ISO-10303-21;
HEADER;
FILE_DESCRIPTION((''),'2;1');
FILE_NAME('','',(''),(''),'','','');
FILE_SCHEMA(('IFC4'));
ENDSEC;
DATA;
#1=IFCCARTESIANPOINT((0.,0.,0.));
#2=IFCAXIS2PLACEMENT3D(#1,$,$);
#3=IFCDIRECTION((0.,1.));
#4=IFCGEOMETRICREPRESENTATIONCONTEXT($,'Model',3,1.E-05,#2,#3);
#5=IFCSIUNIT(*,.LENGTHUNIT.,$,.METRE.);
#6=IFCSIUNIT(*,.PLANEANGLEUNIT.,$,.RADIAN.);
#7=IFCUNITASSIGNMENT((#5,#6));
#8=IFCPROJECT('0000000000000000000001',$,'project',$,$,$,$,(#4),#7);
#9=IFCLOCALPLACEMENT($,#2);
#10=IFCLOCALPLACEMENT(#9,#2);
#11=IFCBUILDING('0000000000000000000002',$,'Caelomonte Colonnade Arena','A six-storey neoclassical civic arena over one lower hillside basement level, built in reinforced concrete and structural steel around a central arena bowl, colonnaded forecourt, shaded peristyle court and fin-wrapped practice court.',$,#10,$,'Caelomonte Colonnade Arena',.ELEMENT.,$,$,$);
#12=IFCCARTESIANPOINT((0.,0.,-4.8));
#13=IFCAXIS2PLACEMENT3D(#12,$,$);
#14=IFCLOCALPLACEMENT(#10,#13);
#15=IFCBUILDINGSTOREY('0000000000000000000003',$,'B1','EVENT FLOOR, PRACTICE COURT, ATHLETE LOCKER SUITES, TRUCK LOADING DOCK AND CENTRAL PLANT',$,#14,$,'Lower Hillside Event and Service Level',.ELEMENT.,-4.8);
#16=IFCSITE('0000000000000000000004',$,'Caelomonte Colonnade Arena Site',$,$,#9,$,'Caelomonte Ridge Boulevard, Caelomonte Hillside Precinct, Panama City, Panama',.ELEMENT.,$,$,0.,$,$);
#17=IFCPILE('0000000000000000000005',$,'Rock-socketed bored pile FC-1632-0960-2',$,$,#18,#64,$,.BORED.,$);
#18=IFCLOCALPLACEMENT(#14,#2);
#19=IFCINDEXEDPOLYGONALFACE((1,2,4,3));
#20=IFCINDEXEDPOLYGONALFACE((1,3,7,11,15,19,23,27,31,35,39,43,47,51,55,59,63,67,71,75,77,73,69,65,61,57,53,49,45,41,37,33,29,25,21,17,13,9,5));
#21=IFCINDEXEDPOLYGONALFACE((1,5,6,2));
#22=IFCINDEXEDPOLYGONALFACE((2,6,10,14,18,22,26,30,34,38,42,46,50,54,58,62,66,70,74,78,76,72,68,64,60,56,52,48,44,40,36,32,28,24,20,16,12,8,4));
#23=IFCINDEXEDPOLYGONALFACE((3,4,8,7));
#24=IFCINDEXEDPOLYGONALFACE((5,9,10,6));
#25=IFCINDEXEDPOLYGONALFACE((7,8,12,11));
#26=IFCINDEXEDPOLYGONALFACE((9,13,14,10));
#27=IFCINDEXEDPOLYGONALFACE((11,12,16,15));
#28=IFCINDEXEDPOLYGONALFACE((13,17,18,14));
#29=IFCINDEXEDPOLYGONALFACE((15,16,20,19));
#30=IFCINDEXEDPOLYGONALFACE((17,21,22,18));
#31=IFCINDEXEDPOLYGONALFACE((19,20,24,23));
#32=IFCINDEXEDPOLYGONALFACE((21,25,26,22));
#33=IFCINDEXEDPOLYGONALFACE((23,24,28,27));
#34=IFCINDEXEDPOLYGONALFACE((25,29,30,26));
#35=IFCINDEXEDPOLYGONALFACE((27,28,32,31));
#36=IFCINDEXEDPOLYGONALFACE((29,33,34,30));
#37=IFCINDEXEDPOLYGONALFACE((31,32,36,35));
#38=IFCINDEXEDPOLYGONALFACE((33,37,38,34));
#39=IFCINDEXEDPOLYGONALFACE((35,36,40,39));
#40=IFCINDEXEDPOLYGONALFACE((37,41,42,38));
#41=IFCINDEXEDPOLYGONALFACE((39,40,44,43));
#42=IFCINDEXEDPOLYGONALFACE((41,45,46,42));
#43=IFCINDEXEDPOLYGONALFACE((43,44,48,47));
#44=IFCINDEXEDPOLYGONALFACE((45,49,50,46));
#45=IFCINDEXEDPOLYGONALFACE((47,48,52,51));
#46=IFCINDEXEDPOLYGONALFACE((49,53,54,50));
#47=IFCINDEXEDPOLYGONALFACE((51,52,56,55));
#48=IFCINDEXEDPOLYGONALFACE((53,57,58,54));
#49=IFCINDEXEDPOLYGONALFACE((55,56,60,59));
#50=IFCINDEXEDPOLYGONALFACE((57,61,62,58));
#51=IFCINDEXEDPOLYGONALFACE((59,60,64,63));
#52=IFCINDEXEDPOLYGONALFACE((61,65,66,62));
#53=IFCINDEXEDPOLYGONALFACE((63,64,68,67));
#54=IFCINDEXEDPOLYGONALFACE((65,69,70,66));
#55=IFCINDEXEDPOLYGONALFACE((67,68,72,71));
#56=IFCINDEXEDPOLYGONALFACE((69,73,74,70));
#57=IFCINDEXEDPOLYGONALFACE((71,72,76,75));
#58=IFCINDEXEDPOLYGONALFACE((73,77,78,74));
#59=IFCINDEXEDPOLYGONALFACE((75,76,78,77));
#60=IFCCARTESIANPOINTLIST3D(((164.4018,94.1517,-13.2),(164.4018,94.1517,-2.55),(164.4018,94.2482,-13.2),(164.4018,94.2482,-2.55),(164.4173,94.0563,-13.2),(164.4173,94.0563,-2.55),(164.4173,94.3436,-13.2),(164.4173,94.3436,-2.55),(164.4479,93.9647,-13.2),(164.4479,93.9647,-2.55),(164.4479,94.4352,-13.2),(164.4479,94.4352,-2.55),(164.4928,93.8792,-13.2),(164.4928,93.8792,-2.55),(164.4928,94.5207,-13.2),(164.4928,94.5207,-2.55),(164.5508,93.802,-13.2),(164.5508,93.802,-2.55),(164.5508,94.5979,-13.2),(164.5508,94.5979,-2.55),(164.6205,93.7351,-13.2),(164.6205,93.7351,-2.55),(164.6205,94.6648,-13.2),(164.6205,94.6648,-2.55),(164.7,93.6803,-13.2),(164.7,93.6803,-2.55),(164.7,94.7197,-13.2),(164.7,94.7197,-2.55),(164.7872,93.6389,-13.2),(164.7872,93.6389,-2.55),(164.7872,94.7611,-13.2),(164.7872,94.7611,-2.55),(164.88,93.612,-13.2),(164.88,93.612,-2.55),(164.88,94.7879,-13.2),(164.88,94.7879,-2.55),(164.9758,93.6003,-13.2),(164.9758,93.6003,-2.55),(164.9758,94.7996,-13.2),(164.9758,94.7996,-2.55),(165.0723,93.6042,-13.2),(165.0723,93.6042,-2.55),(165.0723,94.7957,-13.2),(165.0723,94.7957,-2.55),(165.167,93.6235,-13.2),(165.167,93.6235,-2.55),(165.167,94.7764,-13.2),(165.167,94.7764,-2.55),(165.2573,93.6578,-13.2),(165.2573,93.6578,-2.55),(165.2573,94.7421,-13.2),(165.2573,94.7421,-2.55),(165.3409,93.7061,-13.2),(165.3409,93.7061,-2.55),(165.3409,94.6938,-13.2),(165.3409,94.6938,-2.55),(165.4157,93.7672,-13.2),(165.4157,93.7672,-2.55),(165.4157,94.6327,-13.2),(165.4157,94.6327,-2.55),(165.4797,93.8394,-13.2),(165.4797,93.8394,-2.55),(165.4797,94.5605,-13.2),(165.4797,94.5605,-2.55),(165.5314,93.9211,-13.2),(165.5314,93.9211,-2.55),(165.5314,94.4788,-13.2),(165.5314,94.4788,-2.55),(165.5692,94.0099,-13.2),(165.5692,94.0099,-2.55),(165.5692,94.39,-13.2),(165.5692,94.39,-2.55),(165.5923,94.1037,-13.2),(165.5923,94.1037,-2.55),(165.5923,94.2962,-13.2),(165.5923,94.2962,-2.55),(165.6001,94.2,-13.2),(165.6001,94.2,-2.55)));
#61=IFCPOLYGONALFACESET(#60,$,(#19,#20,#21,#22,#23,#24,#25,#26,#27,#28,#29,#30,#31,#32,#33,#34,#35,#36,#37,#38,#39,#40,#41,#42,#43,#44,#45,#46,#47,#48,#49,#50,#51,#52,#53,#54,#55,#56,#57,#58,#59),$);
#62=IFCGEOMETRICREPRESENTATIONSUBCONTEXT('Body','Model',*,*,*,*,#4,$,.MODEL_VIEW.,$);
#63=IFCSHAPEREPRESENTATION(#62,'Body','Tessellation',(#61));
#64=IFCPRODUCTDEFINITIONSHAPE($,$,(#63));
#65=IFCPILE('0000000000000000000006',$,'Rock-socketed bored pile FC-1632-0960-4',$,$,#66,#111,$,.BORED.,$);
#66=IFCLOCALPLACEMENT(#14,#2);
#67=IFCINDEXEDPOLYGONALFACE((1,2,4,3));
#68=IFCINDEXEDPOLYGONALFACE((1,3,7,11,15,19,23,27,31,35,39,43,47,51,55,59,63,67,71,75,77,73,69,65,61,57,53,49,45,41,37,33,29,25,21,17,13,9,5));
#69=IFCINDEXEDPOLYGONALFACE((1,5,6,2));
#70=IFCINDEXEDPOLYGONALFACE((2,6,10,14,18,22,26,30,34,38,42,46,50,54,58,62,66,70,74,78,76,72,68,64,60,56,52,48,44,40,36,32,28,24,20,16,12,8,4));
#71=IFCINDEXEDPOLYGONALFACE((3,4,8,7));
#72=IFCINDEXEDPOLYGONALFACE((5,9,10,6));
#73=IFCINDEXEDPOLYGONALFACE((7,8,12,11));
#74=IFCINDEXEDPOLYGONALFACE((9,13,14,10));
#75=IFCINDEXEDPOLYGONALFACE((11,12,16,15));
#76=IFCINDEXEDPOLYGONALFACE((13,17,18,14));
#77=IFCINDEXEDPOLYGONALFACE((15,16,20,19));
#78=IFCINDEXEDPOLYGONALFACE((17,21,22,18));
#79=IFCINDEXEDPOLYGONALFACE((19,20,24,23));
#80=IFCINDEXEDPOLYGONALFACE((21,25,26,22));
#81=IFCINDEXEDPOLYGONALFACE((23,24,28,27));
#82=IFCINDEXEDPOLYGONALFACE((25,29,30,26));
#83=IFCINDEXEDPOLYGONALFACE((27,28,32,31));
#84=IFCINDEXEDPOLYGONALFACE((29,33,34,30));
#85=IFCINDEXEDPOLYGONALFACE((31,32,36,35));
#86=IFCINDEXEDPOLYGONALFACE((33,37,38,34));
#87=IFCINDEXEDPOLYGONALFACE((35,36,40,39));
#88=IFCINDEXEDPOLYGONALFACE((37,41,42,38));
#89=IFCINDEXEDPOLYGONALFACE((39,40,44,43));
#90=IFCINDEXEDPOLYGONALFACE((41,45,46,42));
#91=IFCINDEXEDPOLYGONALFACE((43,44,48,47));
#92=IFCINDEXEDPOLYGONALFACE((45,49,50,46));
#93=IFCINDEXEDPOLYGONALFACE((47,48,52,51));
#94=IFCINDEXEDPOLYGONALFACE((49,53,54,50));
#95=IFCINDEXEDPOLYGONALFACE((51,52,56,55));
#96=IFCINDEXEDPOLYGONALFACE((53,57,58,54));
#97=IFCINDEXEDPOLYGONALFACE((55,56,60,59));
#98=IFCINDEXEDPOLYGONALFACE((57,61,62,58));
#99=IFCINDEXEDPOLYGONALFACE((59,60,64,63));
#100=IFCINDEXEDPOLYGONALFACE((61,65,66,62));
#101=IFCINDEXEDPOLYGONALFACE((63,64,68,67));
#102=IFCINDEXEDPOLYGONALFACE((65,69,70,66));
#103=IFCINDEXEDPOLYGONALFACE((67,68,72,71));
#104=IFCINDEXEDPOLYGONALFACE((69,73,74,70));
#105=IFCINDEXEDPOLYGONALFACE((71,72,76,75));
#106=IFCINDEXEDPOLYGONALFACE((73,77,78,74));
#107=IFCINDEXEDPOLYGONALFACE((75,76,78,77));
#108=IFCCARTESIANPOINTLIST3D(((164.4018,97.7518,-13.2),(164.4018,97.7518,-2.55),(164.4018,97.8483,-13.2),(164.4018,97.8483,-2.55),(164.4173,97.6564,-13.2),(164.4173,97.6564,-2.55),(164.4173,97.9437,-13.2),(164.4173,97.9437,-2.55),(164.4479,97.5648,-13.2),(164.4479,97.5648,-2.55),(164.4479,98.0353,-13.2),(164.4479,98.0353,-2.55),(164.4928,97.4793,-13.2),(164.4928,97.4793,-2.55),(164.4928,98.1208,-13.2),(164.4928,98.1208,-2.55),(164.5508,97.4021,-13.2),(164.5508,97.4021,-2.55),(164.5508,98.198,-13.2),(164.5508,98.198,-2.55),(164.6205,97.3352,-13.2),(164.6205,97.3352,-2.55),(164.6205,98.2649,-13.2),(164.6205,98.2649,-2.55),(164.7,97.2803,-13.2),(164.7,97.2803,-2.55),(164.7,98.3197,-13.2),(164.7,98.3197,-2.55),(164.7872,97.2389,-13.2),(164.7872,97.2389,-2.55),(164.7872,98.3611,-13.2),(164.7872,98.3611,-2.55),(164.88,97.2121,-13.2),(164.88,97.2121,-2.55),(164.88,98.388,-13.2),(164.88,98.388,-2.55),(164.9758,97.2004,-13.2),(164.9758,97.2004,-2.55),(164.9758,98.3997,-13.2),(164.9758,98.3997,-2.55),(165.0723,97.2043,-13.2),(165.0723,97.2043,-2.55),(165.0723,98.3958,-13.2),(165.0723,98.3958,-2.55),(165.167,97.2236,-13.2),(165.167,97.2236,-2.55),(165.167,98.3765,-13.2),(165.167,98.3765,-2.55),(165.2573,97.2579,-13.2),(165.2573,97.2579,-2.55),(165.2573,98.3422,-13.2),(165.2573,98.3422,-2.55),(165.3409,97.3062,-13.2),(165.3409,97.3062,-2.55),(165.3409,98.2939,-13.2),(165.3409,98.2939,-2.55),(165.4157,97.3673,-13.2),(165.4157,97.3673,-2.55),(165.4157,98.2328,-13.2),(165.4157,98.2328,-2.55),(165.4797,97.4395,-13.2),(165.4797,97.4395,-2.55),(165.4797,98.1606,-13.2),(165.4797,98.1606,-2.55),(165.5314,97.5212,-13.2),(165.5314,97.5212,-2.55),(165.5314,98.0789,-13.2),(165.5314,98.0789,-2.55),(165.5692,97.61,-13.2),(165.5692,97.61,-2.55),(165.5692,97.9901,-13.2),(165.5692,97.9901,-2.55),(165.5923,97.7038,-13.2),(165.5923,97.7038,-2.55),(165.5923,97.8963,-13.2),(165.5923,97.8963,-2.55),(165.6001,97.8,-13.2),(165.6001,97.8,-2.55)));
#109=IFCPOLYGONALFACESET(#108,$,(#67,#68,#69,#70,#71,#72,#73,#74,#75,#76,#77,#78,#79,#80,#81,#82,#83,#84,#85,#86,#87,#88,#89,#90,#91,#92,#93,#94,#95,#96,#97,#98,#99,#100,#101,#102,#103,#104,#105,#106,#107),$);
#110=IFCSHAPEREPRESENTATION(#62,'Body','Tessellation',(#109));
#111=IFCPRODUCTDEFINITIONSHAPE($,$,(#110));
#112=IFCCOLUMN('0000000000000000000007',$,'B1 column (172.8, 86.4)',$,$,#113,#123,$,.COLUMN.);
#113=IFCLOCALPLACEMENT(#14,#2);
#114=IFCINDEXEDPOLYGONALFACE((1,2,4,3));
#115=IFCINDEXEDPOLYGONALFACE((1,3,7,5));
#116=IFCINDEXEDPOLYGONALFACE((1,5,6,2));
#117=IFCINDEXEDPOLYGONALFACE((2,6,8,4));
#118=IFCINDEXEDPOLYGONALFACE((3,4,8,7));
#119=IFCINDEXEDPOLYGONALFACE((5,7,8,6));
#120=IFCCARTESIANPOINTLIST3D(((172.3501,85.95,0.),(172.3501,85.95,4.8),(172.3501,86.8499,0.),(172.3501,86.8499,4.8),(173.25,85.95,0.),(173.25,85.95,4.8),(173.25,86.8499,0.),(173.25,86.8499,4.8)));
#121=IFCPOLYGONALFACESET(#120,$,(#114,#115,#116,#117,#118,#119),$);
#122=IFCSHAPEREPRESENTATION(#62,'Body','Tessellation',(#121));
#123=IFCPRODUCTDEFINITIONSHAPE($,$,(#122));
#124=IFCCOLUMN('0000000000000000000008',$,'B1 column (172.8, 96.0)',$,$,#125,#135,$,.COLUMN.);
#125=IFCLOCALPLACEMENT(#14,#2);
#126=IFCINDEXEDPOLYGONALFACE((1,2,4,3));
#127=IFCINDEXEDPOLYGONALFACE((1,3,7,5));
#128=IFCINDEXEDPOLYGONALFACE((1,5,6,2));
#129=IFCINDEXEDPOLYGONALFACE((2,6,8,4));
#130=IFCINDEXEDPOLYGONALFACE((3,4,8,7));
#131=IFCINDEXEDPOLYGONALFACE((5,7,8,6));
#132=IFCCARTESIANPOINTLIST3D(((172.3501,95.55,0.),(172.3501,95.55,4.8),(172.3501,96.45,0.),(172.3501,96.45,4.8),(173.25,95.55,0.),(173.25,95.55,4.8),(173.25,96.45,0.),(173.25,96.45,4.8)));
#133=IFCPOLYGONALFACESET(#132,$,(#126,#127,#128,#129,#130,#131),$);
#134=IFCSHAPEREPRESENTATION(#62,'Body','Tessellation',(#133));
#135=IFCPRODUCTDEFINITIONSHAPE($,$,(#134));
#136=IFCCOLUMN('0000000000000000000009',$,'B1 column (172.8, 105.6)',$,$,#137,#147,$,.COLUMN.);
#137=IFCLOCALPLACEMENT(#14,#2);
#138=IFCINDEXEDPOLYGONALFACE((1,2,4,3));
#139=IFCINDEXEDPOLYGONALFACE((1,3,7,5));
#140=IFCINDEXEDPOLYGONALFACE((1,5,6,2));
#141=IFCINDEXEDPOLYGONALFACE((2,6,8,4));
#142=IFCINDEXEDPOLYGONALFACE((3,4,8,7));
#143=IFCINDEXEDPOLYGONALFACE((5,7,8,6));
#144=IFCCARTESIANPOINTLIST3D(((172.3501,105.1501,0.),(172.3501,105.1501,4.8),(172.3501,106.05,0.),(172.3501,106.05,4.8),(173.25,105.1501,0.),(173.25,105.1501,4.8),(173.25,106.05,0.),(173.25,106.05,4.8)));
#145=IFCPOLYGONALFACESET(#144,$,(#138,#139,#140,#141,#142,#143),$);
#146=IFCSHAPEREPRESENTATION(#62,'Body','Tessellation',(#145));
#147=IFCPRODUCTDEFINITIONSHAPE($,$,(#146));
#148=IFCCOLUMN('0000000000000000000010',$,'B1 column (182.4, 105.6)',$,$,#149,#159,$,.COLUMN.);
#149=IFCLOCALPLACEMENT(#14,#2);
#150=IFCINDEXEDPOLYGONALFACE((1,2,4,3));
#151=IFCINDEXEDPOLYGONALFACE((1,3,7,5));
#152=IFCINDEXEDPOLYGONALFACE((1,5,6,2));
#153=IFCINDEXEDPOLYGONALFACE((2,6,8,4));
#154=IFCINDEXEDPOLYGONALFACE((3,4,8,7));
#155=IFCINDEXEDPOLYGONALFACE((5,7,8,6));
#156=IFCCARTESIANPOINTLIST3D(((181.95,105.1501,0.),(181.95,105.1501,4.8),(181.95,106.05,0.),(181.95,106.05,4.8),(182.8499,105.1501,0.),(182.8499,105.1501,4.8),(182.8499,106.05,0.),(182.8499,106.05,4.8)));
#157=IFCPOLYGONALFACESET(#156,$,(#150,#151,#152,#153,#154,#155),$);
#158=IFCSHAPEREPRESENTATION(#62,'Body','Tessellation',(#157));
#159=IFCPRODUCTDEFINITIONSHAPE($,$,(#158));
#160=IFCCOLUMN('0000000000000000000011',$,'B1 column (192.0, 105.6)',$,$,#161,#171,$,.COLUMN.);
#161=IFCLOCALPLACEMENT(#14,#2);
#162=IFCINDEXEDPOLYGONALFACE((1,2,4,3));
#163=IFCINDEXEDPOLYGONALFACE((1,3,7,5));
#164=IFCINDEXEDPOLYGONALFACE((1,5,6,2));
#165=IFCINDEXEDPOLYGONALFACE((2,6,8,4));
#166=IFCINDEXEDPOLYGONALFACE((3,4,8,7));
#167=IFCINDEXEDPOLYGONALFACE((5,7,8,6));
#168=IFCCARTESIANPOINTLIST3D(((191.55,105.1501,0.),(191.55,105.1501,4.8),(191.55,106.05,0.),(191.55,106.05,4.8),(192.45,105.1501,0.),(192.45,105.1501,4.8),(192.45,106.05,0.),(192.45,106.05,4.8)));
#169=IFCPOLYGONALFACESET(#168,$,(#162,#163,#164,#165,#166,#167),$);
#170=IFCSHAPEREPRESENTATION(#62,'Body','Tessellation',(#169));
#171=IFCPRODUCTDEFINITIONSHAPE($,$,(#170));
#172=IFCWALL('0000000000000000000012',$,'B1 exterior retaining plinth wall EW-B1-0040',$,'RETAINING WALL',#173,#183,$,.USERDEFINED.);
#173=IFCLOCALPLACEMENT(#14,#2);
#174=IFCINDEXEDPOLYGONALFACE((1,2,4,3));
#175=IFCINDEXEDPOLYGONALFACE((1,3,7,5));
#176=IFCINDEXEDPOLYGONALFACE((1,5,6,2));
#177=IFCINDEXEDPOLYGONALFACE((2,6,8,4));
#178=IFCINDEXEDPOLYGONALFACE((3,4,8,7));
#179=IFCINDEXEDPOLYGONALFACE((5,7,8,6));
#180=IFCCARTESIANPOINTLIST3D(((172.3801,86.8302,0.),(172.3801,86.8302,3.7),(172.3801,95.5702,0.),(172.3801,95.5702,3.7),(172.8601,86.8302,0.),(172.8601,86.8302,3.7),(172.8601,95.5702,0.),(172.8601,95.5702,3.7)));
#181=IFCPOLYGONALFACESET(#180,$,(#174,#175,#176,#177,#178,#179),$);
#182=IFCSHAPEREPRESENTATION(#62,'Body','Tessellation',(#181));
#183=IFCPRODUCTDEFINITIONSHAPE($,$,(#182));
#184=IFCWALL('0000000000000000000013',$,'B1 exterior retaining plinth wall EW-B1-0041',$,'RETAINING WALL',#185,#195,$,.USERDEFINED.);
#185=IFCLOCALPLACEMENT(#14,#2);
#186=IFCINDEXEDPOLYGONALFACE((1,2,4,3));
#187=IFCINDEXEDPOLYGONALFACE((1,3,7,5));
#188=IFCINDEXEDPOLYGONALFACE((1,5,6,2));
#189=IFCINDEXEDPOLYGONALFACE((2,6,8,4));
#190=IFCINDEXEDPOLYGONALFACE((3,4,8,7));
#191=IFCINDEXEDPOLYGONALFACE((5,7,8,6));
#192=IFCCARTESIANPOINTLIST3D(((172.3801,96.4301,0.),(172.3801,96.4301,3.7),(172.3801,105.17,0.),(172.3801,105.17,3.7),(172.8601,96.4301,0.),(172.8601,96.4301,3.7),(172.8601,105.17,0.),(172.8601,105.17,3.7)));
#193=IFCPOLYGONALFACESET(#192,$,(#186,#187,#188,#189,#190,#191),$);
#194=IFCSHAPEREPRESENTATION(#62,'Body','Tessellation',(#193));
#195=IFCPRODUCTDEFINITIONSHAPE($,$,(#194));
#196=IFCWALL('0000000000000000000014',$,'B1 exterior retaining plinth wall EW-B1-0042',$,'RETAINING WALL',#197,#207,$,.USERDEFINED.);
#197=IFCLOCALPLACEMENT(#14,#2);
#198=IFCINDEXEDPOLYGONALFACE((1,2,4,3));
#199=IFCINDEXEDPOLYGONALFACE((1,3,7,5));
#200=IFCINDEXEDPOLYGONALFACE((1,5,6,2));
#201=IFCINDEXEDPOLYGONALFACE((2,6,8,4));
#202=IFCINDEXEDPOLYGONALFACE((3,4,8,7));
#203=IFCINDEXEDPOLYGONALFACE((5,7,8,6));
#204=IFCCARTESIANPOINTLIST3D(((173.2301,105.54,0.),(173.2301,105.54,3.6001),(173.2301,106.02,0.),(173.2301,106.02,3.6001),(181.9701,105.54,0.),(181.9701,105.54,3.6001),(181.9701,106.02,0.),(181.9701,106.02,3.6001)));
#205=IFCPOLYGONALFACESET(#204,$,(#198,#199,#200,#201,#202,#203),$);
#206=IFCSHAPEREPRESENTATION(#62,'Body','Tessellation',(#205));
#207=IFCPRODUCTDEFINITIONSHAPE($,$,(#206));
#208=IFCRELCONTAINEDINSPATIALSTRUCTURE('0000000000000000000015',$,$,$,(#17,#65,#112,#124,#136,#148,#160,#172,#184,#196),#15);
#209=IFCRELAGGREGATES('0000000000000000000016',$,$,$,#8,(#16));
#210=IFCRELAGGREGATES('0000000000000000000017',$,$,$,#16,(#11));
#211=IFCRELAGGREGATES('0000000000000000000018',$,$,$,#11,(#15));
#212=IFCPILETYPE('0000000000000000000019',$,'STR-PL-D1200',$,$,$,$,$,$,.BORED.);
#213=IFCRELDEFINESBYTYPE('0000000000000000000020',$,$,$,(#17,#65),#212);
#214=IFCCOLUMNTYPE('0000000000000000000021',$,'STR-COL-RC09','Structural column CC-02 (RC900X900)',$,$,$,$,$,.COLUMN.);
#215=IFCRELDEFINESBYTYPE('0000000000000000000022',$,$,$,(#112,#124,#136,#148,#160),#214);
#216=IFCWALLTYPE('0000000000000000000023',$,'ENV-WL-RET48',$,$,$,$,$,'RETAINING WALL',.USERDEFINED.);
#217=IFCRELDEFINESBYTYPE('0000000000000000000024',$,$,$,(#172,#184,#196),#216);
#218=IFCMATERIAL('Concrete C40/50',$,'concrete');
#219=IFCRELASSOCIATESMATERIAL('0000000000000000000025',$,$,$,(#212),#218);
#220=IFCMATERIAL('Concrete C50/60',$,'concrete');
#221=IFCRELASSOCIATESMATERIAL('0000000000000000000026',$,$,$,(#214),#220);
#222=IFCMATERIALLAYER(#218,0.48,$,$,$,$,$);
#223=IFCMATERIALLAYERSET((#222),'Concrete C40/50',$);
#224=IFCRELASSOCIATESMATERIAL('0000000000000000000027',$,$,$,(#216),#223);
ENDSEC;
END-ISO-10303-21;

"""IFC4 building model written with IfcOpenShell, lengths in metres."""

from ifc_helpers import new_model, si_unit, direction, frame, frame_2d, origin, origin_2d, place, context, subcontext, project, spatial, rectangle, circle, extrude, material, layer, layer_set, material_profile, profile_set, type_object, element, save


model = new_model("IFC4")

# Units and contexts
model_context = context("Model", 3, precision=1e-05, world=origin(), true_north=direction((0.0, 1.0)))
body_context = subcontext(model_context, "Body", "Model", "MODEL_VIEW")
ifc_project = project(units=[si_unit("LENGTHUNIT", "METRE"), si_unit("PLANEANGLEUNIT", "RADIAN")], contexts=[model_context])

# Site, building, storey
site_placement = place(None, origin())
site = spatial("IfcSite", under=ifc_project, at=site_placement, Name="Caelomonte Colonnade Arena Site", LongName="Caelomonte Ridge Boulevard, Caelomonte Hillside Precinct, Panama City, Panama", CompositionType="ELEMENT", RefElevation=0.0)
building_placement = place(site_placement, origin())
building = spatial("IfcBuilding", under=site, at=building_placement, Name="Caelomonte Colonnade Arena", Description="A six-storey neoclassical civic arena over one lower hillside basement level, built in reinforced concrete and structural steel around a central arena bowl, colonnaded forecourt, shaded peristyle court and fin-wrapped practice court.", LongName="Caelomonte Colonnade Arena", CompositionType="ELEMENT")
storey_placement = place(building_placement, frame((0.0, 0.0, -4.8)))
storey = spatial("IfcBuildingStorey", under=building, at=storey_placement, Name="B1", Description="EVENT FLOOR, PRACTICE COURT, ATHLETE LOCKER SUITES, TRUCK LOADING DOCK AND CENTRAL PLANT", LongName="Lower Hillside Event and Service Level", CompositionType="ELEMENT", Elevation=-4.8)

# Shared definitions
ifc_material_1 = material(Name="Concrete C40/50", Category="concrete")

# Piles
ifc_material_profile_1 = material_profile(ifc_material_1, circle(Radius=0.6001, at=origin_2d()), Name="PILE-D1200")
ifc_profile_set_1 = profile_set([ifc_material_profile_1], Name="Concrete C40/50")
pile_type_1 = type_object("IfcPileType", Name="STR-PL-D1200", PredefinedType="BORED", material=ifc_profile_set_1)
for number, where, z_axis, x_axis, name in (
    (1, (165.0, 94.2, -2.55), (0.0, 0.0, -1.0), (1.0, 0.0, 0.0), "Rock-socketed bored pile FC-1632-0960-2"),
    (2, (165.0, 97.8, -2.55), (0.0, 0.0, -1.0), (1.0, 0.0, 0.0), "Rock-socketed bored pile FC-1632-0960-4"),
):
    element("IfcPile", number, at=place(storey_placement, frame(where, z_axis=z_axis, x_axis=x_axis)), inside=storey, type_object=pile_type_1, Name=name, PredefinedType="BORED", context=body_context, shape_type="SweptSolid", body=[
        extrude(circle(Radius=0.6001, at=origin_2d()), origin(), (0.0, 0.0, 1.0), 10.6499),
    ])

# Columns
ifc_material_2 = material(Name="Concrete C50/60", Category="concrete")
ifc_material_profile_2 = material_profile(ifc_material_2, rectangle(XDim=0.8999, YDim=0.8999, at=origin_2d()), Name="RC900X900")
ifc_profile_set_2 = profile_set([ifc_material_profile_2], Name="Concrete C50/60")
column_type = type_object("IfcColumnType", Name="STR-COL-RC09", Description="Structural column CC-02 (RC900X900)", PredefinedType="COLUMN", material=ifc_profile_set_2)
for number, where, z_axis, x_axis, name in (
    (3, (172.8, 86.3999, 0.0), (0.0, 0.0, 1.0), (1.0, 0.0, 0.0), "B1 column (172.8, 86.4)"),
    (4, (172.8, 96.0, 0.0), (0.0, 0.0, 1.0), (1.0, 0.0, 0.0), "B1 column (172.8, 96.0)"),
    (5, (172.8, 105.6001, 0.0), (0.0, 0.0, 1.0), (1.0, 0.0, 0.0), "B1 column (172.8, 105.6)"),
    (6, (182.3999, 105.6001, 0.0), (0.0, 0.0, 1.0), (1.0, 0.0, 0.0), "B1 column (182.4, 105.6)"),
    (7, (192.0, 105.6001, 0.0), (0.0, 0.0, 1.0), (1.0, 0.0, 0.0), "B1 column (192.0, 105.6)"),
):
    element("IfcColumn", number, at=place(storey_placement, frame(where, z_axis=z_axis, x_axis=x_axis)), inside=storey, type_object=column_type, Name=name, PredefinedType="COLUMN", context=body_context, shape_type="SweptSolid", body=[
        extrude(rectangle(XDim=0.8999, YDim=0.8999, at=origin_2d()), origin(), (0.0, 0.0, 1.0), 4.8),
    ])

# Walls
ifc_layer_1 = layer(ifc_material_1, 0.48)
ifc_layer_set_1 = layer_set([ifc_layer_1], Name="Concrete C40/50")
wall_type_1 = type_object("IfcWallType", Name="ENV-WL-RET48", ElementType="RETAINING WALL", PredefinedType="USERDEFINED", material=ifc_layer_set_1)
for number, where, z_axis, x_axis, name in (
    (8, (172.6201, 86.8301, 0.0), (0.0, 0.0, 1.0), (0.0, 1.0, 0.0), "B1 exterior retaining plinth wall EW-B1-0040"),
    (9, (172.6201, 96.4299, 0.0), (0.0, 0.0, 1.0), (0.0, 1.0, 0.0), "B1 exterior retaining plinth wall EW-B1-0041"),
):
    element("IfcWall", number, at=place(storey_placement, frame(where, z_axis=z_axis, x_axis=x_axis)), inside=storey, type_object=wall_type_1, Name=name, ObjectType="RETAINING WALL", PredefinedType="USERDEFINED", context=body_context, shape_type="SweptSolid", body=[
        extrude(rectangle(XDim=8.74, YDim=0.48, at=frame_2d((4.3701, 0.0))), origin(), (0.0, 0.0, 1.0), 3.7),
    ])
wall_1_placement = place(storey_placement, frame((173.23, 105.78, 0.0), z_axis=(0.0, 0.0, 1.0), x_axis=(1.0, 0.0, 0.0)))
element("IfcWall", 10, at=wall_1_placement, inside=storey, type_object=wall_type_1, Name="B1 exterior retaining plinth wall EW-B1-0042", ObjectType="RETAINING WALL", PredefinedType="USERDEFINED", context=body_context, shape_type="SweptSolid", body=[
    extrude(rectangle(XDim=8.74, YDim=0.48, at=frame_2d((4.3701, 0.0))), origin(), (0.0, 0.0, 1.0), 3.6001),
])

save(model, "model.ifc")
